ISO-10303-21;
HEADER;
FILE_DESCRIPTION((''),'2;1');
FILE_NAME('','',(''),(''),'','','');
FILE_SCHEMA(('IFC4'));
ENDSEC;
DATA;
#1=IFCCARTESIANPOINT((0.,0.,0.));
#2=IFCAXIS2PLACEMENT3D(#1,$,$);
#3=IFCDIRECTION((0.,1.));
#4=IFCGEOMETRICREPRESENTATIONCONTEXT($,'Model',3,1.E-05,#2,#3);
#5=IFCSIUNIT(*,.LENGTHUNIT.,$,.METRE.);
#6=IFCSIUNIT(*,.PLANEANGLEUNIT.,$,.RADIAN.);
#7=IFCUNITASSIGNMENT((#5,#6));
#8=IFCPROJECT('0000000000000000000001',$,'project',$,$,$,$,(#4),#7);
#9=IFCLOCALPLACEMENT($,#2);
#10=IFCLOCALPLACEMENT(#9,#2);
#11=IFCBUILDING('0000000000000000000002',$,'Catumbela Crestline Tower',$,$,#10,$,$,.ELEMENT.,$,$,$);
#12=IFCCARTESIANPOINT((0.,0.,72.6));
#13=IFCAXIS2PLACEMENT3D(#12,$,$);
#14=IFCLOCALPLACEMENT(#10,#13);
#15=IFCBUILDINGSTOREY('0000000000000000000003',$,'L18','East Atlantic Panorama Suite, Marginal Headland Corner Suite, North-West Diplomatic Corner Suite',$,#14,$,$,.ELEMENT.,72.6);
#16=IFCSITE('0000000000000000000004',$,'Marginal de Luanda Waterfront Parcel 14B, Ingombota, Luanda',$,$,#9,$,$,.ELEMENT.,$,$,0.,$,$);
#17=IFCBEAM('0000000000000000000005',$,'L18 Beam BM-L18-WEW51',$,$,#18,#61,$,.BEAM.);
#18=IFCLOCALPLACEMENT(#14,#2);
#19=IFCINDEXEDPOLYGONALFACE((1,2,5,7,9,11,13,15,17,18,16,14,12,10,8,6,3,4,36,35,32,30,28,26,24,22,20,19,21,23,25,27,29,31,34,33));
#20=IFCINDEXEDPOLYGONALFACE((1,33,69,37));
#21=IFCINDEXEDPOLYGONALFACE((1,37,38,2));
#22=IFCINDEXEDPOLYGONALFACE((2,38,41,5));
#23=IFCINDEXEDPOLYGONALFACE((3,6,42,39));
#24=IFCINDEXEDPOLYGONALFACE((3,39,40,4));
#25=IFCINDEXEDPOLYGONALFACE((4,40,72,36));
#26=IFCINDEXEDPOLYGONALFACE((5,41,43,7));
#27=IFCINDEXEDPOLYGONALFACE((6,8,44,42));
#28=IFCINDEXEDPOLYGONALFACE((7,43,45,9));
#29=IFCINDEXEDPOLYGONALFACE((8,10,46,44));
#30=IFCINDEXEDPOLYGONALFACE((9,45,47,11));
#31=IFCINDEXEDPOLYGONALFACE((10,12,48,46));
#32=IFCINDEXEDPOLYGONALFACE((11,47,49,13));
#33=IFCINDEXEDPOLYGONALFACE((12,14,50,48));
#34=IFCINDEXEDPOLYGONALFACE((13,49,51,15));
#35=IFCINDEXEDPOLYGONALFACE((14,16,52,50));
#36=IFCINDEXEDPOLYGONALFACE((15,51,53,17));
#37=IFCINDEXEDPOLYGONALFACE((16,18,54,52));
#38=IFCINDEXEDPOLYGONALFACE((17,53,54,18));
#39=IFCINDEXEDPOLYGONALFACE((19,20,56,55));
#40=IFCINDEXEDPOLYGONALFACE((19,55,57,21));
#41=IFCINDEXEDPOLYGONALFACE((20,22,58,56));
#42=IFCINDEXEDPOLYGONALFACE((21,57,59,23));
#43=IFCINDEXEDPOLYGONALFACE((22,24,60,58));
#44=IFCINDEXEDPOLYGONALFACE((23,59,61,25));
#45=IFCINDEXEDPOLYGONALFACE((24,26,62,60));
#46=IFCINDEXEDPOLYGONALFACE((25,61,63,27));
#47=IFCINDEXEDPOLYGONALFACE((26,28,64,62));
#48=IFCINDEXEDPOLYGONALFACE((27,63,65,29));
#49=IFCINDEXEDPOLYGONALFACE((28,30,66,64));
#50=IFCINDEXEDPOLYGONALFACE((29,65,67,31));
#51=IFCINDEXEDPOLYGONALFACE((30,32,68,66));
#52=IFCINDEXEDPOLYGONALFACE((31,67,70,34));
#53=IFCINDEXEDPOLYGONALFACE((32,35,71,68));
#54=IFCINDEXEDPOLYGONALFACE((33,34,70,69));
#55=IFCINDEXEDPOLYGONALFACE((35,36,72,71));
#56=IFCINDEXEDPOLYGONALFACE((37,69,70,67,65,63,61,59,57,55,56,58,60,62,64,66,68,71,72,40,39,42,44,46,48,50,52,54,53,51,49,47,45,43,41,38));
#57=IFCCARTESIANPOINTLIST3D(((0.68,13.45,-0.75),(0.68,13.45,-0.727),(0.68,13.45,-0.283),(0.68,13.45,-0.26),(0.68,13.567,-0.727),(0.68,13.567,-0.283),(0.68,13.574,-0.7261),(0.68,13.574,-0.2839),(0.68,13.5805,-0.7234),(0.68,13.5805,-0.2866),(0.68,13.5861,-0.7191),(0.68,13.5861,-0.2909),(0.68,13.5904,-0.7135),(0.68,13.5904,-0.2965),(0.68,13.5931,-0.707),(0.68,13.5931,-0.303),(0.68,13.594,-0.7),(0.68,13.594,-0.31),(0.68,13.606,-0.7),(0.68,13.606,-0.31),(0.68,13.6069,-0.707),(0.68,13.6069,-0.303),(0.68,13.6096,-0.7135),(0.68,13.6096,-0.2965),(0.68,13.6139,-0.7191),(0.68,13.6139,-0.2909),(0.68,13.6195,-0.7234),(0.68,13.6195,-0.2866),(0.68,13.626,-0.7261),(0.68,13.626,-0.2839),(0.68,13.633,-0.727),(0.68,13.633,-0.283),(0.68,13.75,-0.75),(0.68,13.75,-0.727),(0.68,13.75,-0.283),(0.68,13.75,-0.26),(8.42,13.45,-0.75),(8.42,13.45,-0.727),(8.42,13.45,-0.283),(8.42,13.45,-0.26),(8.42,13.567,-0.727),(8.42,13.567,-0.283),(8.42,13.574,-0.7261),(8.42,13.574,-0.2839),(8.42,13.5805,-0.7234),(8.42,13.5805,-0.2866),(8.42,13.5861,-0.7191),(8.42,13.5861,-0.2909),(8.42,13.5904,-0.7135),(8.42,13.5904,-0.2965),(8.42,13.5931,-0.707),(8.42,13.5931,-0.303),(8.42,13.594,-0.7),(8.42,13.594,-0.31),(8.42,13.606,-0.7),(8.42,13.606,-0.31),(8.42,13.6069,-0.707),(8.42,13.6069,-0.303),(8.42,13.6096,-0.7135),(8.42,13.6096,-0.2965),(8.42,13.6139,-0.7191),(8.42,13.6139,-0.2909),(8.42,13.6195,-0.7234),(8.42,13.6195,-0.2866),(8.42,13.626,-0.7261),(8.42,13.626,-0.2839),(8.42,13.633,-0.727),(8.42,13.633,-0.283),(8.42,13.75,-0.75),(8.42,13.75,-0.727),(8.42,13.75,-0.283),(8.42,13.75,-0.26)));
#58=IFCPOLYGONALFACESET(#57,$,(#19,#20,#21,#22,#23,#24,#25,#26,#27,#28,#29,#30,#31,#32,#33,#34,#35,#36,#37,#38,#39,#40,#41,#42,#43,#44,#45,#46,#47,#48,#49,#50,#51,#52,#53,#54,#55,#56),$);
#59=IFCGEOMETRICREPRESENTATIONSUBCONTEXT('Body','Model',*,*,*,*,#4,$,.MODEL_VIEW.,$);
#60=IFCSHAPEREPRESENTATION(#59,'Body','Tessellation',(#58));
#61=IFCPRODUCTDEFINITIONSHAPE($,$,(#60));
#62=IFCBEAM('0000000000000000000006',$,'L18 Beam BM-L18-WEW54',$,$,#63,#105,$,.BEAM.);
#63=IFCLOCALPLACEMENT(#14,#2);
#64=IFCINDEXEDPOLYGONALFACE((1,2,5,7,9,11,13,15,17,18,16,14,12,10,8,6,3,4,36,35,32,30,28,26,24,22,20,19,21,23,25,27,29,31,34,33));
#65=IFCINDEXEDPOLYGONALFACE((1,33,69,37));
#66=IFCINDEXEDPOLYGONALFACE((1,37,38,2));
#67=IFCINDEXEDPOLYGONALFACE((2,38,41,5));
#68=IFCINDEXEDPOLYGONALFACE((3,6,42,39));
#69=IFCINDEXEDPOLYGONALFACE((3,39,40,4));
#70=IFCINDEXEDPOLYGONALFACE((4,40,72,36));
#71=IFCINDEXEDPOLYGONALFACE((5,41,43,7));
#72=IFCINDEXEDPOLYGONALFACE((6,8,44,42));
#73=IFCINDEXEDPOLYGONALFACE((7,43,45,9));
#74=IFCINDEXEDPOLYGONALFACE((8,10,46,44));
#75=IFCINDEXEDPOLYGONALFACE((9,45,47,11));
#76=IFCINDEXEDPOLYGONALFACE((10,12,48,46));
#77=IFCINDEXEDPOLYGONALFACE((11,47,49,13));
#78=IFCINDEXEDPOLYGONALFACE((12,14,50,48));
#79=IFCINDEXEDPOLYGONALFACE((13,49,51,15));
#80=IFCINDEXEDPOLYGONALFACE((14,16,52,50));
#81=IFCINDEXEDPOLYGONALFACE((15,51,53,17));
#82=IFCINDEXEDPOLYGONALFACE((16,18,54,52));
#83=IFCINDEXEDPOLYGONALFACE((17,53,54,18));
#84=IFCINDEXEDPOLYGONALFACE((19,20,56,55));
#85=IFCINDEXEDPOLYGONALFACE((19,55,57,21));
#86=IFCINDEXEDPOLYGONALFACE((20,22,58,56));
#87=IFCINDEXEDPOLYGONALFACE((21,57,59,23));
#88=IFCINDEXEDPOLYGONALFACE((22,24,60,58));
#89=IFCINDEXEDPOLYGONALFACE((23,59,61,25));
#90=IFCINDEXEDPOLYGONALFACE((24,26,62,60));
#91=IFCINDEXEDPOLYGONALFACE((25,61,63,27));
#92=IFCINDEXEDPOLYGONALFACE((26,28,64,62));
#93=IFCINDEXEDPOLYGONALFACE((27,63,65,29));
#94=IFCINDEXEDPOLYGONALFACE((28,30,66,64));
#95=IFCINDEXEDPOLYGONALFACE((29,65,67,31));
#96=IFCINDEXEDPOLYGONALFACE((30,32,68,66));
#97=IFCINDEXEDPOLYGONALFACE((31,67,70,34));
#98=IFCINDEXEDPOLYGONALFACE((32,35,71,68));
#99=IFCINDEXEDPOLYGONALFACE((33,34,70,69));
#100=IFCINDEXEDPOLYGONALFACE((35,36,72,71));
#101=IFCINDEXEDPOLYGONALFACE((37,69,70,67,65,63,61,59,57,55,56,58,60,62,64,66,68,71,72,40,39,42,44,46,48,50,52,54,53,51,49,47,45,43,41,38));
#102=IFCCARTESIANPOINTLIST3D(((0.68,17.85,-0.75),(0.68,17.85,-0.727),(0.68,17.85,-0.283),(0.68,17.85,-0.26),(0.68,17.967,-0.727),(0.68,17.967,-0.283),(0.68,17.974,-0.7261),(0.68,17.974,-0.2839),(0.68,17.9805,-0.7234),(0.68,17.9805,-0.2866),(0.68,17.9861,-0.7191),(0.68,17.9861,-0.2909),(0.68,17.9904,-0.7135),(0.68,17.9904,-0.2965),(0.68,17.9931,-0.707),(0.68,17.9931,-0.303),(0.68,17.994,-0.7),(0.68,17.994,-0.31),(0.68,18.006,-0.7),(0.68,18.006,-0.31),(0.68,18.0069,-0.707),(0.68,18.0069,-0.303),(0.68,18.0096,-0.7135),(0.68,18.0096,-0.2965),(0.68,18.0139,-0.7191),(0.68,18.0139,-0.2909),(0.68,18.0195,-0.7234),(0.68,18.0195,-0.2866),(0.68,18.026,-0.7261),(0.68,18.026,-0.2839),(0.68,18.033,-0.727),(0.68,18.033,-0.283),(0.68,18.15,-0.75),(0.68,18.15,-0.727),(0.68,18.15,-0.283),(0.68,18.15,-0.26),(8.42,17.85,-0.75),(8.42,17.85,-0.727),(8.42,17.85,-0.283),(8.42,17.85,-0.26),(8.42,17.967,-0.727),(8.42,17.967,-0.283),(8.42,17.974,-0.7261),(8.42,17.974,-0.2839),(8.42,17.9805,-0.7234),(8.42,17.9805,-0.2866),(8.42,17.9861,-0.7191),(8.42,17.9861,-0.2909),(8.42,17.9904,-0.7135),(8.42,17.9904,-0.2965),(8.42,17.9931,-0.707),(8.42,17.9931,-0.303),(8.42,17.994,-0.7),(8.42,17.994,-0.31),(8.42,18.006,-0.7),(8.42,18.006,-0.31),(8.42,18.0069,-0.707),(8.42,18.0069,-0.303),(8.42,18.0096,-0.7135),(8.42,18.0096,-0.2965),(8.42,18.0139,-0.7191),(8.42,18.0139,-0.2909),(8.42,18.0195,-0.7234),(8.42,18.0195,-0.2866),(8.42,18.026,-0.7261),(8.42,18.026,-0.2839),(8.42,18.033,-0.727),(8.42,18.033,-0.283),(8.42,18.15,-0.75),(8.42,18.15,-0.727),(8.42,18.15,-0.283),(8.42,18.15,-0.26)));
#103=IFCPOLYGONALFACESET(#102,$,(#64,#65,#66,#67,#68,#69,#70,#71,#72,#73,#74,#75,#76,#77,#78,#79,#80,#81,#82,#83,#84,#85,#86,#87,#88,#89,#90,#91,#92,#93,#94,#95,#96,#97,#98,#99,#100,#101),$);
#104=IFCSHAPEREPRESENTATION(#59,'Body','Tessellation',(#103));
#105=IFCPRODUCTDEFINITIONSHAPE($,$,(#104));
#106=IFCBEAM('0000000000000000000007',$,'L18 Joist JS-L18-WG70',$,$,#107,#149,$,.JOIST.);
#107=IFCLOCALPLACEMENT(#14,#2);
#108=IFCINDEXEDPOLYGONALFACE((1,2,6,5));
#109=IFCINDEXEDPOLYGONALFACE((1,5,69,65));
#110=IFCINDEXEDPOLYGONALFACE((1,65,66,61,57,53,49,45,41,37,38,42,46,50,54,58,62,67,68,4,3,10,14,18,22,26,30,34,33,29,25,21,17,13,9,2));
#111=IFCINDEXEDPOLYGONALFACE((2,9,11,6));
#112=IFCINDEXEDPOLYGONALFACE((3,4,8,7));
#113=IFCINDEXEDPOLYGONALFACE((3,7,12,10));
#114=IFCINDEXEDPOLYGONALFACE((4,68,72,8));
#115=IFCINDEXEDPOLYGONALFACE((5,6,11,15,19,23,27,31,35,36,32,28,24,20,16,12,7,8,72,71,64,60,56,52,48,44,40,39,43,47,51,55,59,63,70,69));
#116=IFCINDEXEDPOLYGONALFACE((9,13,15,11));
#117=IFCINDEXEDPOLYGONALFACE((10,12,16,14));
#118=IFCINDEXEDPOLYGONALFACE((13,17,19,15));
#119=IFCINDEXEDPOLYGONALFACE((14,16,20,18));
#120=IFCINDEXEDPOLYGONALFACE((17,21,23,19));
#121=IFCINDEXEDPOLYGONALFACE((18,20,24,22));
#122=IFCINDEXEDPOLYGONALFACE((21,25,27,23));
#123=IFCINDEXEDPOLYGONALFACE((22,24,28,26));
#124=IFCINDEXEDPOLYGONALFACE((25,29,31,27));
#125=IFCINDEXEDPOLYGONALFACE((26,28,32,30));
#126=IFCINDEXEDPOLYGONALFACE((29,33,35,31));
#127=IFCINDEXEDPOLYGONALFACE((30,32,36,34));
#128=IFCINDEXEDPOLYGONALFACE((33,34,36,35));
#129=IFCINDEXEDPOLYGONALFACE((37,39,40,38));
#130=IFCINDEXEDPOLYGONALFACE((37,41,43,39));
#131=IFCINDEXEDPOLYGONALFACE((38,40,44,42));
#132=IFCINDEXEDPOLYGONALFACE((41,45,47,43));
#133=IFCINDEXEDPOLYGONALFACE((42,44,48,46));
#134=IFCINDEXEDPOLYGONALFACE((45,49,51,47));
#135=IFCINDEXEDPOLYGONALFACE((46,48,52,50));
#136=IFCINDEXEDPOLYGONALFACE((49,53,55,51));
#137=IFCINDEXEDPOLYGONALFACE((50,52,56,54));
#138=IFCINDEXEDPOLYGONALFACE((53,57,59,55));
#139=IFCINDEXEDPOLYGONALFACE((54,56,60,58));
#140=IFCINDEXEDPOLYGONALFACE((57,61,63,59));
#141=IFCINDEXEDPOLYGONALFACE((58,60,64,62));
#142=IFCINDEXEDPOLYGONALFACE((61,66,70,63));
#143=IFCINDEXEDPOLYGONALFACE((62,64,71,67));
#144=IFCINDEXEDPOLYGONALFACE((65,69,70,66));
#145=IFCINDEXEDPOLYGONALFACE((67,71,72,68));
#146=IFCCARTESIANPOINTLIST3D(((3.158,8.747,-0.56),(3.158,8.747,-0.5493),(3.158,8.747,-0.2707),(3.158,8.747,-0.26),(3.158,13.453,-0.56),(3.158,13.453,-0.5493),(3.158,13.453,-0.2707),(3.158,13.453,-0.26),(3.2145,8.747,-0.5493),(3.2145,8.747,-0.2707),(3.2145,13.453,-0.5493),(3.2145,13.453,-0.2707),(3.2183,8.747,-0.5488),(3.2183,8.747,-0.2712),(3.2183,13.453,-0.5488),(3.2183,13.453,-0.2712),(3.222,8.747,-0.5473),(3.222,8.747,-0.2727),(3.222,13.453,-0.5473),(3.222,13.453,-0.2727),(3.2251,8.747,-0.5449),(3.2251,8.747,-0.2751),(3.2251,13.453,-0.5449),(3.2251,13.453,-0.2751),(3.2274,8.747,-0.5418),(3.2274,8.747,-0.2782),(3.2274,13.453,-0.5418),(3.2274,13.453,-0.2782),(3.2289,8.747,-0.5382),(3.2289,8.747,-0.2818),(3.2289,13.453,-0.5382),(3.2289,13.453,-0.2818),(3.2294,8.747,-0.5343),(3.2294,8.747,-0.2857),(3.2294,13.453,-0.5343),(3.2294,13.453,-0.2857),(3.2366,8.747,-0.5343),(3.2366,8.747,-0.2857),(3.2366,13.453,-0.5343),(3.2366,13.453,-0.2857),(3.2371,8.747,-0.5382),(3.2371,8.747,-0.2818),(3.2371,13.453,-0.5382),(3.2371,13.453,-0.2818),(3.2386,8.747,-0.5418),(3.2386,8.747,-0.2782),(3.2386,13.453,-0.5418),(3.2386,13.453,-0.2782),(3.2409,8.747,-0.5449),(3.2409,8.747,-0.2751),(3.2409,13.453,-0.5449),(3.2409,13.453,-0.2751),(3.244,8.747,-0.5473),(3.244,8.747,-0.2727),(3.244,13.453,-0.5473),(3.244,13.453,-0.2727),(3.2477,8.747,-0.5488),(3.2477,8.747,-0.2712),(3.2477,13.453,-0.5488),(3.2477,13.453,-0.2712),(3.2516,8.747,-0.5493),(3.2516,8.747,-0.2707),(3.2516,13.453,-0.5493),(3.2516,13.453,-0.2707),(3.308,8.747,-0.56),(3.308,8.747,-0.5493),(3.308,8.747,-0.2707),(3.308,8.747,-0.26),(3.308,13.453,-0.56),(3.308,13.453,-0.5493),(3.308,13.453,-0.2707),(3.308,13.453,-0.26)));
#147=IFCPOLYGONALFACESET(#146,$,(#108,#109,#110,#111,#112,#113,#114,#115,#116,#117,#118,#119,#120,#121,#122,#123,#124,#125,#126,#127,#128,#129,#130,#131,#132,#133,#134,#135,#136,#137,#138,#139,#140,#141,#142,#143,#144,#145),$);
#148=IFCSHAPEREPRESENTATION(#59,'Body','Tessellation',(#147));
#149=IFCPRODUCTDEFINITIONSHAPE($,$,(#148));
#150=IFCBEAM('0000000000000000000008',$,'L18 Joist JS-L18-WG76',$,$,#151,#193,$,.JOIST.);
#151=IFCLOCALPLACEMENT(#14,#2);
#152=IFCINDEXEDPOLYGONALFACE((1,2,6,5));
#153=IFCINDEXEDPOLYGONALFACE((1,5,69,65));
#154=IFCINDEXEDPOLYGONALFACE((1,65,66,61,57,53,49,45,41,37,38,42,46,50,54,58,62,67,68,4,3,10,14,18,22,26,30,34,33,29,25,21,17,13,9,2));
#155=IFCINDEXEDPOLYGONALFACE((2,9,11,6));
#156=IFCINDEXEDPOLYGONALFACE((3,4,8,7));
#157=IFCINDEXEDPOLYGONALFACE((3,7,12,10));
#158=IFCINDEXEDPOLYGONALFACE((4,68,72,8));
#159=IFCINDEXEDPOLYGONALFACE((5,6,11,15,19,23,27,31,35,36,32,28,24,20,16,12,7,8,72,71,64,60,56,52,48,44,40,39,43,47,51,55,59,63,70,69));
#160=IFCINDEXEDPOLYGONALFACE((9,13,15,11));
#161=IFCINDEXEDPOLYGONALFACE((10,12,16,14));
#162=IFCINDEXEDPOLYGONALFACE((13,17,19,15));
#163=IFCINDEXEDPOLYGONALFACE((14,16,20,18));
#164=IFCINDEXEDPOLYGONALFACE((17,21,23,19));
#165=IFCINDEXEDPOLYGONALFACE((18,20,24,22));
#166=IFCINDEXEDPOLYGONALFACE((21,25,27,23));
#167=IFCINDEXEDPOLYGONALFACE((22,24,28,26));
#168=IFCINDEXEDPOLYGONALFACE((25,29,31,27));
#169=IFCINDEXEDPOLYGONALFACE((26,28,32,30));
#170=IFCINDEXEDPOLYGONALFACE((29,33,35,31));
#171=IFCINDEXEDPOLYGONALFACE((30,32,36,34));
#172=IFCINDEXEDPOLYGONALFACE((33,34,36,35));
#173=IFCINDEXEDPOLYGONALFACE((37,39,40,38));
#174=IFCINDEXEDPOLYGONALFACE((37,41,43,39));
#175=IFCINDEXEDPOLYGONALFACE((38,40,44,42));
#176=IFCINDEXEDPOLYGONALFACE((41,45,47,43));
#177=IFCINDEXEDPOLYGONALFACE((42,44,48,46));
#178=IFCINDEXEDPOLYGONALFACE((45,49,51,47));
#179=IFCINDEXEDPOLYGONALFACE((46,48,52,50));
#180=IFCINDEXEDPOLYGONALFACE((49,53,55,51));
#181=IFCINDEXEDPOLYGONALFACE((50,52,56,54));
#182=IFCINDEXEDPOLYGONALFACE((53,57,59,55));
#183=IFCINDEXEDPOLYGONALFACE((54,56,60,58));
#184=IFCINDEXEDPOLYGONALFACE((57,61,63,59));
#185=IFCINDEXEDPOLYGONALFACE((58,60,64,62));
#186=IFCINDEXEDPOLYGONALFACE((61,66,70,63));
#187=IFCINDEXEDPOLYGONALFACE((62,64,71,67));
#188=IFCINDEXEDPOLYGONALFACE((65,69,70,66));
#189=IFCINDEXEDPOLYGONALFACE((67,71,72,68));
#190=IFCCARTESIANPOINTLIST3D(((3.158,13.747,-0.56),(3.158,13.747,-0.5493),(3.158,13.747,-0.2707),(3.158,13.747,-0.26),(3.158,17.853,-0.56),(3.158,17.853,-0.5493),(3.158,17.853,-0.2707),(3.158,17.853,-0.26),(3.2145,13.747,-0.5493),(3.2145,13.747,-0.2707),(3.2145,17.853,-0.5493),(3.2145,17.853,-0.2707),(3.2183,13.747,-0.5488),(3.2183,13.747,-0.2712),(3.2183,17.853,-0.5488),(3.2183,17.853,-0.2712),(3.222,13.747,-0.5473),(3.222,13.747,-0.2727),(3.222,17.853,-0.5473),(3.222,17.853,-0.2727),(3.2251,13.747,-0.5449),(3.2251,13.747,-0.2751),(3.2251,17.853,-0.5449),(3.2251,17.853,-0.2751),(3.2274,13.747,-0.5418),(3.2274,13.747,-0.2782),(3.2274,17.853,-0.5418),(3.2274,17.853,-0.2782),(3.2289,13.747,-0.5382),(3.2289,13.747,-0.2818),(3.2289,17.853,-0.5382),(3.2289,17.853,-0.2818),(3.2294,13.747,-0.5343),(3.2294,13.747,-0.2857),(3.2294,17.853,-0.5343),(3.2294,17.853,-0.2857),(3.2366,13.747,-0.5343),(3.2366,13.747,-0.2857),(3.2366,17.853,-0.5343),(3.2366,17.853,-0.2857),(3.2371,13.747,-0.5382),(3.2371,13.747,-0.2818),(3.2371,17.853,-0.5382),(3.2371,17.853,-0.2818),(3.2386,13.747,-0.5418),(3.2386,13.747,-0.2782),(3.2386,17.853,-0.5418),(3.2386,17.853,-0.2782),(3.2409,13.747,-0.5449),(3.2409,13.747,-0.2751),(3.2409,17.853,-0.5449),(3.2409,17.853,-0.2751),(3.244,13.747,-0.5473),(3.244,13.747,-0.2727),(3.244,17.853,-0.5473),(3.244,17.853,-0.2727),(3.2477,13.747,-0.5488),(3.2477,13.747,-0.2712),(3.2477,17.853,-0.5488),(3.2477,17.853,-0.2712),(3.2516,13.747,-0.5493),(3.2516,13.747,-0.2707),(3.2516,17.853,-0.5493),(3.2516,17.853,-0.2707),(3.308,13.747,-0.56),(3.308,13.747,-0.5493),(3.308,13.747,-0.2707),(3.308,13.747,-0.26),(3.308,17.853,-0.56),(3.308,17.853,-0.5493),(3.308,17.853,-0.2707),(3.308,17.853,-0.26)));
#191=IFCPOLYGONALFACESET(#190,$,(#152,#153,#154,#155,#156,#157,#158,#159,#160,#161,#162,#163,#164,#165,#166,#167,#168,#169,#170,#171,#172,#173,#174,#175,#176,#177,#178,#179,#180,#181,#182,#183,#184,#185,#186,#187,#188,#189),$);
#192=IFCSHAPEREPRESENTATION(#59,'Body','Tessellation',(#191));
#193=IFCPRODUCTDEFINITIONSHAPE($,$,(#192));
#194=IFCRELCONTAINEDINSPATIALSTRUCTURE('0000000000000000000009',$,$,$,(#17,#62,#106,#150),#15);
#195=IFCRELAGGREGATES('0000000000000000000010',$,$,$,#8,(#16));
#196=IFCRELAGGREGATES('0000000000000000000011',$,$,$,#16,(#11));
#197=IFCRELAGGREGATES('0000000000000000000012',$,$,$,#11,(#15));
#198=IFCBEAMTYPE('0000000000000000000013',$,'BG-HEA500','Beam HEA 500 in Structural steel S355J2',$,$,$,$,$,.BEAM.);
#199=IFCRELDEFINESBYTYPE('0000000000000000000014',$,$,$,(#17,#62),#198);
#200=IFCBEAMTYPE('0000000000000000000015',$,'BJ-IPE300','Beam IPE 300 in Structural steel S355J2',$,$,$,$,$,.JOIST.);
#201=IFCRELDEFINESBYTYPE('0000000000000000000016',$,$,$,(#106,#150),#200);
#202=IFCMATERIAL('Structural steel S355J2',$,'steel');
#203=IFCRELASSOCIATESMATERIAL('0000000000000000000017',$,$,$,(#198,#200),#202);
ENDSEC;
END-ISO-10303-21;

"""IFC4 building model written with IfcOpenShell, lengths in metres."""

from ifc_helpers import new_model, si_unit, direction, frame, origin, origin_2d, place, context, subcontext, project, spatial, i_section, extrude, material, material_profile, profile_set, type_object, element, save


model = new_model("IFC4")

# Units and contexts
model_context = context("Model", 3, precision=1e-05, world=origin(), true_north=direction((0.0, 1.0)))
body_context = subcontext(model_context, "Body", "Model", "MODEL_VIEW")
ifc_project = project(units=[si_unit("LENGTHUNIT", "METRE"), si_unit("PLANEANGLEUNIT", "RADIAN")], contexts=[model_context])

# Site, building, storey
site_placement = place(None, origin())
site = spatial("IfcSite", under=ifc_project, at=site_placement, Name="Marginal de Luanda Waterfront Parcel 14B, Ingombota, Luanda", CompositionType="ELEMENT", RefElevation=0.0)
building_placement = place(site_placement, origin())
building = spatial("IfcBuilding", under=site, at=building_placement, Name="Catumbela Crestline Tower", CompositionType="ELEMENT")
storey_placement = place(building_placement, frame((0.0, 0.0, 72.6)))
storey = spatial("IfcBuildingStorey", under=building, at=storey_placement, Name="L18", Description="East Atlantic Panorama Suite, Marginal Headland Corner Suite, North-West Diplomatic Corner Suite", CompositionType="ELEMENT", Elevation=72.6)

# Beams
ifc_material_1 = material(Name="Structural steel S355J2", Category="steel")
ifc_material_profile_1 = material_profile(ifc_material_1, i_section(OverallWidth=0.3, OverallDepth=0.49, WebThickness=0.012, FlangeThickness=0.023, FilletRadius=0.027, at=origin_2d()), Name="HEA 500")
ifc_profile_set_1 = profile_set([ifc_material_profile_1], Name="Structural steel S355J2")
beam_type_1 = type_object("IfcBeamType", Name="BG-HEA500", Description="Beam HEA 500 in Structural steel S355J2", PredefinedType="BEAM", material=ifc_profile_set_1)
for number, where, z_axis, x_axis, name in (
    (1, (0.68, 13.6, -0.505), (1.0, 0.0, 0.0), (0.0, 1.0, 0.0), "L18 Beam BM-L18-WEW51"),
    (2, (0.68, 18.0, -0.505), (1.0, 0.0, 0.0), (0.0, 1.0, 0.0), "L18 Beam BM-L18-WEW54"),
):
    element("IfcBeam", number, at=place(storey_placement, frame(where, z_axis=z_axis, x_axis=x_axis)), inside=storey, type_object=beam_type_1, Name=name, PredefinedType="BEAM", context=body_context, shape_type="SweptSolid", body=[
        extrude(i_section(OverallWidth=0.3, OverallDepth=0.49, WebThickness=0.012, FlangeThickness=0.023, FilletRadius=0.027, at=origin_2d()), origin(), (0.0, 0.0, 1.0), 7.74),
    ])
ifc_material_profile_2 = material_profile(ifc_material_1, i_section(OverallWidth=0.15, OverallDepth=0.3, WebThickness=0.0071, FlangeThickness=0.0107, FilletRadius=0.015, at=origin_2d()), Name="IPE 300")
ifc_profile_set_2 = profile_set([ifc_material_profile_2], Name="Structural steel S355J2")
beam_type_2 = type_object("IfcBeamType", Name="BJ-IPE300", Description="Beam IPE 300 in Structural steel S355J2", PredefinedType="JOIST", material=ifc_profile_set_2)
beam_1_placement = place(storey_placement, frame((3.233, 8.747, -0.41), z_axis=(0.0, 1.0, 0.0), x_axis=(-1.0, 0.0, 0.0)))
element("IfcBeam", 3, at=beam_1_placement, inside=storey, type_object=beam_type_2, Name="L18 Joist JS-L18-WG70", PredefinedType="JOIST", context=body_context, shape_type="SweptSolid", body=[
    extrude(i_section(OverallWidth=0.15, OverallDepth=0.3, WebThickness=0.0071, FlangeThickness=0.0107, FilletRadius=0.015, at=origin_2d()), origin(), (0.0, 0.0, 1.0), 4.706),
])
beam_2_placement = place(storey_placement, frame((3.233, 13.747, -0.41), z_axis=(0.0, 1.0, 0.0), x_axis=(-1.0, 0.0, 0.0)))
element("IfcBeam", 4, at=beam_2_placement, inside=storey, type_object=beam_type_2, Name="L18 Joist JS-L18-WG76", PredefinedType="JOIST", context=body_context, shape_type="SweptSolid", body=[
    extrude(i_section(OverallWidth=0.15, OverallDepth=0.3, WebThickness=0.0071, FlangeThickness=0.0107, FilletRadius=0.015, at=origin_2d()), origin(), (0.0, 0.0, 1.0), 4.106),
])

save(model, "model.ifc")
